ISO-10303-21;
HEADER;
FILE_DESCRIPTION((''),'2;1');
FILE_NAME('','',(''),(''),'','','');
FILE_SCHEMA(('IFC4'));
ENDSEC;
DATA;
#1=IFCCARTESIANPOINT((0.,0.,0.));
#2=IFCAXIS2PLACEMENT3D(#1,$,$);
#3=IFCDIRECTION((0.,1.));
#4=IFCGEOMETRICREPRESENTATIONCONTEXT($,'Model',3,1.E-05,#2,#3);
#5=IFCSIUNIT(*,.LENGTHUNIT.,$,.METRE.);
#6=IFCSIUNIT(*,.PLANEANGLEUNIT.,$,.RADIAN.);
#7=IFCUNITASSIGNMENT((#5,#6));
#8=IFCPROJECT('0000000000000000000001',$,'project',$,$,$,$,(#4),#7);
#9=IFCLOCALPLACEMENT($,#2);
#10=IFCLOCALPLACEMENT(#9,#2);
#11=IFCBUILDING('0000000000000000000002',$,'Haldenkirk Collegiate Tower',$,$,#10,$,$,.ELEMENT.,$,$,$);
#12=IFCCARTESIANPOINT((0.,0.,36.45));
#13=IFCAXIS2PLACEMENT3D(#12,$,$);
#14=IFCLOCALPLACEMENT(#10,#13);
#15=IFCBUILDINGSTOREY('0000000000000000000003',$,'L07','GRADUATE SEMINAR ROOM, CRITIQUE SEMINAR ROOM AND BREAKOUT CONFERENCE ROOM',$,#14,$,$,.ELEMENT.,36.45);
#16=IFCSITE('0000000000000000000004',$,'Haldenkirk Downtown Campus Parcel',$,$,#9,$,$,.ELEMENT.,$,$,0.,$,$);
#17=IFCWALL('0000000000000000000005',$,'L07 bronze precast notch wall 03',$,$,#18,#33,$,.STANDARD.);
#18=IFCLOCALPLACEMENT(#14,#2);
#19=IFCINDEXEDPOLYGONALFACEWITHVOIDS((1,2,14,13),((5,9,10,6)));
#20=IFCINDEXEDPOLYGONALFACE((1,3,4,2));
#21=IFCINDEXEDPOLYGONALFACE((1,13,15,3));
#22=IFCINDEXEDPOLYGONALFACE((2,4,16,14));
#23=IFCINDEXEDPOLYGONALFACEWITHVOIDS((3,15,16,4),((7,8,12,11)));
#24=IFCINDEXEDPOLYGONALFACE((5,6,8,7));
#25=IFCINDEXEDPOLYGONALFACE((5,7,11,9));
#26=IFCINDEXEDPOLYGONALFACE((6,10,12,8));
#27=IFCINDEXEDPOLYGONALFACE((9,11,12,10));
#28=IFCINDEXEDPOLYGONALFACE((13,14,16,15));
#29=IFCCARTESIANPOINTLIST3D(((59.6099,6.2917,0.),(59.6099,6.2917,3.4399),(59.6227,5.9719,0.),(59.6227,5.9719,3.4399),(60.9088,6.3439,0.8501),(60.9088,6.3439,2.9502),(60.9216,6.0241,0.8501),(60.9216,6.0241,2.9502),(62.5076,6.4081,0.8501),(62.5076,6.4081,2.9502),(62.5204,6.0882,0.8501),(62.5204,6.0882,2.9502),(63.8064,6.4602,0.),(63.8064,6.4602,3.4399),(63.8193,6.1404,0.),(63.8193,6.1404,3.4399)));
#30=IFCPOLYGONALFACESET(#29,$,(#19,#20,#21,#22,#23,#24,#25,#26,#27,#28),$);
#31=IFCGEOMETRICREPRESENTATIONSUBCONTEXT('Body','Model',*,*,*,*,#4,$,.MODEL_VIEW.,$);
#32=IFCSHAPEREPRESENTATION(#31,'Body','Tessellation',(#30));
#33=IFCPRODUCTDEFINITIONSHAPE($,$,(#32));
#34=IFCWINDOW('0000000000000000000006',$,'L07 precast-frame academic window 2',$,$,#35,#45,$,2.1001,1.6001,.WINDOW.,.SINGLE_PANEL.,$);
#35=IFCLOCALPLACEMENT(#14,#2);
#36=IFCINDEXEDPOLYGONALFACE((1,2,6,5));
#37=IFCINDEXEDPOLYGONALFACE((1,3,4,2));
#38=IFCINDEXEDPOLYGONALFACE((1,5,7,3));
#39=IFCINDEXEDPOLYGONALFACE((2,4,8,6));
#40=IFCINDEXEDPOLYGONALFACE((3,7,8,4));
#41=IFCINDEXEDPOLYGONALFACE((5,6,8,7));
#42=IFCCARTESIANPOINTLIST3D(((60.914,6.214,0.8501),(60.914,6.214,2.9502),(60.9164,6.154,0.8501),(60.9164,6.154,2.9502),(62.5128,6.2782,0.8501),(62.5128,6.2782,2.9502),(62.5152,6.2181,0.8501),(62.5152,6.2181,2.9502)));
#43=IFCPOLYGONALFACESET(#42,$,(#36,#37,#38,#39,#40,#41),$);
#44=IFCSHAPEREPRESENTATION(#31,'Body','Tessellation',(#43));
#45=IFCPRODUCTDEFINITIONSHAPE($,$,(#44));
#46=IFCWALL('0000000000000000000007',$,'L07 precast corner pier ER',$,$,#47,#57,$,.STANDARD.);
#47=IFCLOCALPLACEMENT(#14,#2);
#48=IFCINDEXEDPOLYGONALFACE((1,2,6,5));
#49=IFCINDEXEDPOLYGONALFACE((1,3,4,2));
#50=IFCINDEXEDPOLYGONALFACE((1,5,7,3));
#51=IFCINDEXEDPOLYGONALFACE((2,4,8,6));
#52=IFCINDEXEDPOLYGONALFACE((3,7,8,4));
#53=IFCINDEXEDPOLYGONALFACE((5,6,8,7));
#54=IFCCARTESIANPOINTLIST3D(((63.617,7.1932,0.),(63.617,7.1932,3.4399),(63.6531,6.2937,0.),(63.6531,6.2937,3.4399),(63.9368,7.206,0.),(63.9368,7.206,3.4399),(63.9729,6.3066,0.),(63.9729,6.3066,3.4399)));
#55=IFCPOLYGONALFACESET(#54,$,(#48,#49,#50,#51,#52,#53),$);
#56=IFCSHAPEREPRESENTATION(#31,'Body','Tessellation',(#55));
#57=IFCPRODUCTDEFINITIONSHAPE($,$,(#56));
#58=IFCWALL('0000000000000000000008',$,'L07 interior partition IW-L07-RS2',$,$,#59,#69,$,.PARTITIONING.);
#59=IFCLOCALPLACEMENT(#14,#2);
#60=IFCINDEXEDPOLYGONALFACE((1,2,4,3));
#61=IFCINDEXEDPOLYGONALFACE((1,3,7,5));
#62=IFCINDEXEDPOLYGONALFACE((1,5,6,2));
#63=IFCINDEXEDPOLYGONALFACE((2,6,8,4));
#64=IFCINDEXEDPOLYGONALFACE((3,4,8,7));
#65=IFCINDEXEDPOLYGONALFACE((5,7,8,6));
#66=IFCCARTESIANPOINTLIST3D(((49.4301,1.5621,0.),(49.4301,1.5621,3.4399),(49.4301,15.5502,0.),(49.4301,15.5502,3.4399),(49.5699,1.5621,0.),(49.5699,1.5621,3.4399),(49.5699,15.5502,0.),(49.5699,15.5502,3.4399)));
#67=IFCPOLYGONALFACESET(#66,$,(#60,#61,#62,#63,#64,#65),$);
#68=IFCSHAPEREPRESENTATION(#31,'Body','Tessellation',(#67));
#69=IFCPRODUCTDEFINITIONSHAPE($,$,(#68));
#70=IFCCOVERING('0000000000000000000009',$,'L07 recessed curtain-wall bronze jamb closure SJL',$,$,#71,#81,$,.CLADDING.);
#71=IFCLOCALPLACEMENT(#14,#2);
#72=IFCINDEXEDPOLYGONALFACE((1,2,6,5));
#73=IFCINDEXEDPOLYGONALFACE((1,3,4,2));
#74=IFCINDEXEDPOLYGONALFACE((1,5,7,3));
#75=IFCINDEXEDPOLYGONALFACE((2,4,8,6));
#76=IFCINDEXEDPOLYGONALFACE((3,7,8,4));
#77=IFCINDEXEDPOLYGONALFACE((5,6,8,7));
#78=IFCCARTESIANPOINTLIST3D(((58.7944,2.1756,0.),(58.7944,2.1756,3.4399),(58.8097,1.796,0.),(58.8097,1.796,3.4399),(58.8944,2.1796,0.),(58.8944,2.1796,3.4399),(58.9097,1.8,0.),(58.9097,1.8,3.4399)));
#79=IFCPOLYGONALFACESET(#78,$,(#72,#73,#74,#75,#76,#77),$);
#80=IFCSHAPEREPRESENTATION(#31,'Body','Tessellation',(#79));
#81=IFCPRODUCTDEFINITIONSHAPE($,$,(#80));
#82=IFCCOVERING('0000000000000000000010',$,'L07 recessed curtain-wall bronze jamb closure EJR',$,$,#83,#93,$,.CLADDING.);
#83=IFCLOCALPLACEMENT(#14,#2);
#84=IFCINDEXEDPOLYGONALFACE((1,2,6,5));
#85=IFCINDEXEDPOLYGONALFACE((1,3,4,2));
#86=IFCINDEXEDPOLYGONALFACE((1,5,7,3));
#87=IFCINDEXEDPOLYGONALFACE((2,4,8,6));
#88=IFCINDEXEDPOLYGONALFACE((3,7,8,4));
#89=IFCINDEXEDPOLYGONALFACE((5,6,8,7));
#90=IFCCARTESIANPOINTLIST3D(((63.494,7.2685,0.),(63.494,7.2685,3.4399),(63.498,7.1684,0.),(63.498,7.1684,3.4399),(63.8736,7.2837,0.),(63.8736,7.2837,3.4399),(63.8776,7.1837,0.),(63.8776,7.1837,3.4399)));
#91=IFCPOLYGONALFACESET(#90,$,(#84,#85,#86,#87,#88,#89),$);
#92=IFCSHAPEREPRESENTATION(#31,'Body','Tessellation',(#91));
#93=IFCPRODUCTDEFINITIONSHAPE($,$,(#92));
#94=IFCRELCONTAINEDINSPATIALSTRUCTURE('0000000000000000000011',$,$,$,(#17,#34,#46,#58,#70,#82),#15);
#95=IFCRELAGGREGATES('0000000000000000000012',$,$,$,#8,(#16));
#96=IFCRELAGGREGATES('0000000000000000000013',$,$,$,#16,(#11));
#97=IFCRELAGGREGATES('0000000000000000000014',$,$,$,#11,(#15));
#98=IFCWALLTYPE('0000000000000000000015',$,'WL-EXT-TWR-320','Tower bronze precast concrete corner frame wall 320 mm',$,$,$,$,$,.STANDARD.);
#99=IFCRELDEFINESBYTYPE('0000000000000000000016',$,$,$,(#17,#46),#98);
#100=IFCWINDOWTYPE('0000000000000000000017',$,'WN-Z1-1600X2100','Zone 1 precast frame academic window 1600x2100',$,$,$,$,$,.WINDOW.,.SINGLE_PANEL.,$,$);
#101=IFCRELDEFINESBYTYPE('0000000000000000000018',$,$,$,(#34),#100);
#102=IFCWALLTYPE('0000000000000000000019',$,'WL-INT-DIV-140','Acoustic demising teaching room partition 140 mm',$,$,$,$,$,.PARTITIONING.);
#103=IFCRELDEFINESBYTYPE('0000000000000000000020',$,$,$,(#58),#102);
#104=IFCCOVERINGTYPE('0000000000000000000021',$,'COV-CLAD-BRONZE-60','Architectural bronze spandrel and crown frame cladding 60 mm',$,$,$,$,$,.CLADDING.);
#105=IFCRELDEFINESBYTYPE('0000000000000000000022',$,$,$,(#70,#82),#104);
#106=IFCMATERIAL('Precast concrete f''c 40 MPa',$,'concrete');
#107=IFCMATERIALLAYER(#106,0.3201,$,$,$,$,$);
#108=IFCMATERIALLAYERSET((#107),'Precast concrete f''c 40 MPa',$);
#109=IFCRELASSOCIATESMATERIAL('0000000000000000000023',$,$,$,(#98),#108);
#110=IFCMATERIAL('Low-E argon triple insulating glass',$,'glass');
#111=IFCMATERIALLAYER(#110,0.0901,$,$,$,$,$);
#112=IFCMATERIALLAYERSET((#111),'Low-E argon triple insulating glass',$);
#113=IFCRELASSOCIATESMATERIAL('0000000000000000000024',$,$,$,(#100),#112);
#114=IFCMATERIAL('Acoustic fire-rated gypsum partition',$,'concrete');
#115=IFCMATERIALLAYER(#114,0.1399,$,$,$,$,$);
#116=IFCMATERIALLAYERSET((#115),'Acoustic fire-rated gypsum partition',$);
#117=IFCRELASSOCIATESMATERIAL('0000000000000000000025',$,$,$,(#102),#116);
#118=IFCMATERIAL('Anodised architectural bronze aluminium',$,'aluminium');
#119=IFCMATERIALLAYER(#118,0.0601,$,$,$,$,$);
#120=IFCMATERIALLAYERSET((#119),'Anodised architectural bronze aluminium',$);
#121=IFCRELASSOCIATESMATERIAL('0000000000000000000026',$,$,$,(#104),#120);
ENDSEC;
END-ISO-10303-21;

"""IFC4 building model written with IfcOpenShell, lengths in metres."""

from ifc_helpers import new_model, si_unit, direction, frame, frame_2d, origin, origin_2d, place, context, subcontext, project, spatial, rectangle, extrude, source, transform, mapped, material, layer, layer_set, type_object, element, fill, save


model = new_model("IFC4")

# Units and contexts
model_context = context("Model", 3, precision=1e-05, world=origin(), true_north=direction((0.0, 1.0)))
body_context = subcontext(model_context, "Body", "Model", "MODEL_VIEW")
ifc_project = project(units=[si_unit("LENGTHUNIT", "METRE"), si_unit("PLANEANGLEUNIT", "RADIAN")], contexts=[model_context])

# Site, building, storey
site_placement = place(None, origin())
site = spatial("IfcSite", under=ifc_project, at=site_placement, Name="Haldenkirk Downtown Campus Parcel", CompositionType="ELEMENT", RefElevation=0.0)
building_placement = place(site_placement, origin())
building = spatial("IfcBuilding", under=site, at=building_placement, Name="Haldenkirk Collegiate Tower", CompositionType="ELEMENT")
storey_placement = place(building_placement, frame((0.0, 0.0, 36.45)))
storey = spatial("IfcBuildingStorey", under=building, at=storey_placement, Name="L07", Description="GRADUATE SEMINAR ROOM, CRITIQUE SEMINAR ROOM AND BREAKOUT CONFERENCE ROOM", CompositionType="ELEMENT", Elevation=36.45)

# Shared definitions
ifc_material_1 = material(Name="Anodised architectural bronze aluminium", Category="aluminium")

# Shared definitions
ifc_material_2 = material(Name="Low-E argon triple insulating glass", Category="glass")

# Shared definitions
ifc_material_3 = material(Name="Precast concrete f'c 40 MPa", Category="concrete")
ifc_layer_1 = layer(ifc_material_3, 0.3201)
ifc_layer_set_1 = layer_set([ifc_layer_1], Name="Precast concrete f'c 40 MPa")
wall_type_1 = type_object("IfcWallType", Name="WL-EXT-TWR-320", Description="Tower bronze precast concrete corner frame wall 320 mm", PredefinedType="STANDARD", material=ifc_layer_set_1)

# Wall, opening, window
wall_1_placement = place(storey_placement, frame((63.813, 6.3003, 0.0), z_axis=(0.0, 0.0, 1.0), x_axis=(-0.999195, -0.04011, 0.0)))
wall_1 = element("IfcWall", 1, at=wall_1_placement, inside=storey, type_object=wall_type_1, Name="L07 bronze precast notch wall 03", PredefinedType="STANDARD", context=body_context, shape_type="SweptSolid", body=[
    extrude(rectangle(XDim=4.2, YDim=0.3201, at=frame_2d((2.1001, 0.0))), origin(), (0.0, 0.0, 1.0), 3.4399),
])
opening_placement = place(wall_1_placement, frame((1.3, 0.0, 0.8501)))
opening = element("IfcOpeningElement", 2, at=opening_placement, cuts=wall_1, PredefinedType="OPENING", context=body_context, shape_type="SweptSolid", body=[
    extrude(rectangle(XDim=1.6001, YDim=2.1001, at=frame_2d((0.8, 1.05))), frame((0.0, 0.1699, 0.0), z_axis=(0.0, -1.0, 0.0), x_axis=(1.0, 0.0, 0.0)), (0.0, 0.0, 1.0), 0.3401),
])
ifc_layer_2 = layer(ifc_material_2, 0.0901)
ifc_layer_set_2 = layer_set([ifc_layer_2], Name="Low-E argon triple insulating glass")
window_type = type_object("IfcWindowType", Name="WN-Z1-1600X2100", Description="Zone 1 precast frame academic window 1600x2100", PartitioningType="SINGLE_PANEL", PredefinedType="WINDOW", material=ifc_layer_set_2)
window_placement = place(opening_placement, origin())
window = element("IfcWindow", 3, at=window_placement, inside=storey, type_object=window_type, Name="L07 precast-frame academic window 2", OverallHeight=2.1001, OverallWidth=1.6001, PartitioningType="SINGLE_PANEL", PredefinedType="WINDOW", context=body_context, shape_type="SweptSolid", body=[
    extrude(rectangle(XDim=1.6001, YDim=2.1001, at=frame_2d((0.8, 1.05))), frame((0.0, 0.03, 0.0), z_axis=(0.0, -1.0, 0.0), x_axis=(1.0, 0.0, 0.0)), (0.0, 0.0, 1.0), 0.0601),
])
fill(opening, window)

# Walls
wall_2_placement = place(storey_placement, frame((63.7769, 7.1997, 0.0), z_axis=(0.0, 0.0, 1.0), x_axis=(0.040141, -0.999194, 0.0)))
element("IfcWall", 4, at=wall_2_placement, inside=storey, type_object=wall_type_1, Name="L07 precast corner pier ER", PredefinedType="STANDARD", context=body_context, shape_type="SweptSolid", body=[
    extrude(rectangle(XDim=0.9001, YDim=0.3201, at=frame_2d((0.4502, 0.0))), origin(), (0.0, 0.0, 1.0), 3.4399),
])
ifc_material_4 = material(Name="Acoustic fire-rated gypsum partition", Category="concrete")
ifc_layer_3 = layer(ifc_material_4, 0.1399)
ifc_layer_set_3 = layer_set([ifc_layer_3], Name="Acoustic fire-rated gypsum partition")
wall_type_2 = type_object("IfcWallType", Name="WL-INT-DIV-140", Description="Acoustic demising teaching room partition 140 mm", PredefinedType="PARTITIONING", material=ifc_layer_set_3)
wall_3_placement = place(storey_placement, frame((49.5, 1.562, 0.0), z_axis=(0.0, 0.0, 1.0), x_axis=(0.0, 1.0, 0.0)))
element("IfcWall", 5, at=wall_3_placement, inside=storey, type_object=wall_type_2, Name="L07 interior partition IW-L07-RS2", PredefinedType="PARTITIONING", context=body_context, shape_type="SweptSolid", body=[
    extrude(rectangle(XDim=13.988, YDim=0.1399, at=frame_2d((6.9941, 0.0))), origin(), (0.0, 0.0, 1.0), 3.4399),
])

# Coverings
ifc_layer_4 = layer(ifc_material_1, 0.0601)
ifc_layer_set_4 = layer_set([ifc_layer_4], Name="Anodised architectural bronze aluminium")
covering_type = type_object("IfcCoveringType", Name="COV-CLAD-BRONZE-60", Description="Architectural bronze spandrel and crown frame cladding 60 mm", PredefinedType="CLADDING", material=ifc_layer_set_4)
shared_shape_1 = source(origin(), body_context, "Body", "SweptSolid", [
    extrude(rectangle(XDim=0.1001, YDim=0.3799, at=origin_2d()), origin(), (0.0, 0.0, 1.0), 3.4399),
])
for number, where, z_axis, x_axis, name in (
    (6, (58.8521, 1.9878, 0.0), (0.0, 0.0, 1.0), (-0.999194, -0.040132, 0.0), "L07 recessed curtain-wall bronze jamb closure SJL"),
    (7, (63.6858, 7.2261, 0.0), (0.0, 0.0, 1.0), (0.040132, -0.999194, 0.0), "L07 recessed curtain-wall bronze jamb closure EJR"),
):
    element("IfcCovering", number, at=place(storey_placement, frame(where, z_axis=z_axis, x_axis=x_axis)), inside=storey, type_object=covering_type, Name=name, PredefinedType="CLADDING", context=body_context, shape_type="MappedRepresentation", body=[
        mapped(shared_shape_1, transform((0.0, 0.0, 0.0), x_axis=(1.0, 0.0, 0.0), y_axis=(0.0, 1.0, 0.0), z_axis=(0.0, 0.0, 1.0), scale=1.0)),
    ])

save(model, "model.ifc")
